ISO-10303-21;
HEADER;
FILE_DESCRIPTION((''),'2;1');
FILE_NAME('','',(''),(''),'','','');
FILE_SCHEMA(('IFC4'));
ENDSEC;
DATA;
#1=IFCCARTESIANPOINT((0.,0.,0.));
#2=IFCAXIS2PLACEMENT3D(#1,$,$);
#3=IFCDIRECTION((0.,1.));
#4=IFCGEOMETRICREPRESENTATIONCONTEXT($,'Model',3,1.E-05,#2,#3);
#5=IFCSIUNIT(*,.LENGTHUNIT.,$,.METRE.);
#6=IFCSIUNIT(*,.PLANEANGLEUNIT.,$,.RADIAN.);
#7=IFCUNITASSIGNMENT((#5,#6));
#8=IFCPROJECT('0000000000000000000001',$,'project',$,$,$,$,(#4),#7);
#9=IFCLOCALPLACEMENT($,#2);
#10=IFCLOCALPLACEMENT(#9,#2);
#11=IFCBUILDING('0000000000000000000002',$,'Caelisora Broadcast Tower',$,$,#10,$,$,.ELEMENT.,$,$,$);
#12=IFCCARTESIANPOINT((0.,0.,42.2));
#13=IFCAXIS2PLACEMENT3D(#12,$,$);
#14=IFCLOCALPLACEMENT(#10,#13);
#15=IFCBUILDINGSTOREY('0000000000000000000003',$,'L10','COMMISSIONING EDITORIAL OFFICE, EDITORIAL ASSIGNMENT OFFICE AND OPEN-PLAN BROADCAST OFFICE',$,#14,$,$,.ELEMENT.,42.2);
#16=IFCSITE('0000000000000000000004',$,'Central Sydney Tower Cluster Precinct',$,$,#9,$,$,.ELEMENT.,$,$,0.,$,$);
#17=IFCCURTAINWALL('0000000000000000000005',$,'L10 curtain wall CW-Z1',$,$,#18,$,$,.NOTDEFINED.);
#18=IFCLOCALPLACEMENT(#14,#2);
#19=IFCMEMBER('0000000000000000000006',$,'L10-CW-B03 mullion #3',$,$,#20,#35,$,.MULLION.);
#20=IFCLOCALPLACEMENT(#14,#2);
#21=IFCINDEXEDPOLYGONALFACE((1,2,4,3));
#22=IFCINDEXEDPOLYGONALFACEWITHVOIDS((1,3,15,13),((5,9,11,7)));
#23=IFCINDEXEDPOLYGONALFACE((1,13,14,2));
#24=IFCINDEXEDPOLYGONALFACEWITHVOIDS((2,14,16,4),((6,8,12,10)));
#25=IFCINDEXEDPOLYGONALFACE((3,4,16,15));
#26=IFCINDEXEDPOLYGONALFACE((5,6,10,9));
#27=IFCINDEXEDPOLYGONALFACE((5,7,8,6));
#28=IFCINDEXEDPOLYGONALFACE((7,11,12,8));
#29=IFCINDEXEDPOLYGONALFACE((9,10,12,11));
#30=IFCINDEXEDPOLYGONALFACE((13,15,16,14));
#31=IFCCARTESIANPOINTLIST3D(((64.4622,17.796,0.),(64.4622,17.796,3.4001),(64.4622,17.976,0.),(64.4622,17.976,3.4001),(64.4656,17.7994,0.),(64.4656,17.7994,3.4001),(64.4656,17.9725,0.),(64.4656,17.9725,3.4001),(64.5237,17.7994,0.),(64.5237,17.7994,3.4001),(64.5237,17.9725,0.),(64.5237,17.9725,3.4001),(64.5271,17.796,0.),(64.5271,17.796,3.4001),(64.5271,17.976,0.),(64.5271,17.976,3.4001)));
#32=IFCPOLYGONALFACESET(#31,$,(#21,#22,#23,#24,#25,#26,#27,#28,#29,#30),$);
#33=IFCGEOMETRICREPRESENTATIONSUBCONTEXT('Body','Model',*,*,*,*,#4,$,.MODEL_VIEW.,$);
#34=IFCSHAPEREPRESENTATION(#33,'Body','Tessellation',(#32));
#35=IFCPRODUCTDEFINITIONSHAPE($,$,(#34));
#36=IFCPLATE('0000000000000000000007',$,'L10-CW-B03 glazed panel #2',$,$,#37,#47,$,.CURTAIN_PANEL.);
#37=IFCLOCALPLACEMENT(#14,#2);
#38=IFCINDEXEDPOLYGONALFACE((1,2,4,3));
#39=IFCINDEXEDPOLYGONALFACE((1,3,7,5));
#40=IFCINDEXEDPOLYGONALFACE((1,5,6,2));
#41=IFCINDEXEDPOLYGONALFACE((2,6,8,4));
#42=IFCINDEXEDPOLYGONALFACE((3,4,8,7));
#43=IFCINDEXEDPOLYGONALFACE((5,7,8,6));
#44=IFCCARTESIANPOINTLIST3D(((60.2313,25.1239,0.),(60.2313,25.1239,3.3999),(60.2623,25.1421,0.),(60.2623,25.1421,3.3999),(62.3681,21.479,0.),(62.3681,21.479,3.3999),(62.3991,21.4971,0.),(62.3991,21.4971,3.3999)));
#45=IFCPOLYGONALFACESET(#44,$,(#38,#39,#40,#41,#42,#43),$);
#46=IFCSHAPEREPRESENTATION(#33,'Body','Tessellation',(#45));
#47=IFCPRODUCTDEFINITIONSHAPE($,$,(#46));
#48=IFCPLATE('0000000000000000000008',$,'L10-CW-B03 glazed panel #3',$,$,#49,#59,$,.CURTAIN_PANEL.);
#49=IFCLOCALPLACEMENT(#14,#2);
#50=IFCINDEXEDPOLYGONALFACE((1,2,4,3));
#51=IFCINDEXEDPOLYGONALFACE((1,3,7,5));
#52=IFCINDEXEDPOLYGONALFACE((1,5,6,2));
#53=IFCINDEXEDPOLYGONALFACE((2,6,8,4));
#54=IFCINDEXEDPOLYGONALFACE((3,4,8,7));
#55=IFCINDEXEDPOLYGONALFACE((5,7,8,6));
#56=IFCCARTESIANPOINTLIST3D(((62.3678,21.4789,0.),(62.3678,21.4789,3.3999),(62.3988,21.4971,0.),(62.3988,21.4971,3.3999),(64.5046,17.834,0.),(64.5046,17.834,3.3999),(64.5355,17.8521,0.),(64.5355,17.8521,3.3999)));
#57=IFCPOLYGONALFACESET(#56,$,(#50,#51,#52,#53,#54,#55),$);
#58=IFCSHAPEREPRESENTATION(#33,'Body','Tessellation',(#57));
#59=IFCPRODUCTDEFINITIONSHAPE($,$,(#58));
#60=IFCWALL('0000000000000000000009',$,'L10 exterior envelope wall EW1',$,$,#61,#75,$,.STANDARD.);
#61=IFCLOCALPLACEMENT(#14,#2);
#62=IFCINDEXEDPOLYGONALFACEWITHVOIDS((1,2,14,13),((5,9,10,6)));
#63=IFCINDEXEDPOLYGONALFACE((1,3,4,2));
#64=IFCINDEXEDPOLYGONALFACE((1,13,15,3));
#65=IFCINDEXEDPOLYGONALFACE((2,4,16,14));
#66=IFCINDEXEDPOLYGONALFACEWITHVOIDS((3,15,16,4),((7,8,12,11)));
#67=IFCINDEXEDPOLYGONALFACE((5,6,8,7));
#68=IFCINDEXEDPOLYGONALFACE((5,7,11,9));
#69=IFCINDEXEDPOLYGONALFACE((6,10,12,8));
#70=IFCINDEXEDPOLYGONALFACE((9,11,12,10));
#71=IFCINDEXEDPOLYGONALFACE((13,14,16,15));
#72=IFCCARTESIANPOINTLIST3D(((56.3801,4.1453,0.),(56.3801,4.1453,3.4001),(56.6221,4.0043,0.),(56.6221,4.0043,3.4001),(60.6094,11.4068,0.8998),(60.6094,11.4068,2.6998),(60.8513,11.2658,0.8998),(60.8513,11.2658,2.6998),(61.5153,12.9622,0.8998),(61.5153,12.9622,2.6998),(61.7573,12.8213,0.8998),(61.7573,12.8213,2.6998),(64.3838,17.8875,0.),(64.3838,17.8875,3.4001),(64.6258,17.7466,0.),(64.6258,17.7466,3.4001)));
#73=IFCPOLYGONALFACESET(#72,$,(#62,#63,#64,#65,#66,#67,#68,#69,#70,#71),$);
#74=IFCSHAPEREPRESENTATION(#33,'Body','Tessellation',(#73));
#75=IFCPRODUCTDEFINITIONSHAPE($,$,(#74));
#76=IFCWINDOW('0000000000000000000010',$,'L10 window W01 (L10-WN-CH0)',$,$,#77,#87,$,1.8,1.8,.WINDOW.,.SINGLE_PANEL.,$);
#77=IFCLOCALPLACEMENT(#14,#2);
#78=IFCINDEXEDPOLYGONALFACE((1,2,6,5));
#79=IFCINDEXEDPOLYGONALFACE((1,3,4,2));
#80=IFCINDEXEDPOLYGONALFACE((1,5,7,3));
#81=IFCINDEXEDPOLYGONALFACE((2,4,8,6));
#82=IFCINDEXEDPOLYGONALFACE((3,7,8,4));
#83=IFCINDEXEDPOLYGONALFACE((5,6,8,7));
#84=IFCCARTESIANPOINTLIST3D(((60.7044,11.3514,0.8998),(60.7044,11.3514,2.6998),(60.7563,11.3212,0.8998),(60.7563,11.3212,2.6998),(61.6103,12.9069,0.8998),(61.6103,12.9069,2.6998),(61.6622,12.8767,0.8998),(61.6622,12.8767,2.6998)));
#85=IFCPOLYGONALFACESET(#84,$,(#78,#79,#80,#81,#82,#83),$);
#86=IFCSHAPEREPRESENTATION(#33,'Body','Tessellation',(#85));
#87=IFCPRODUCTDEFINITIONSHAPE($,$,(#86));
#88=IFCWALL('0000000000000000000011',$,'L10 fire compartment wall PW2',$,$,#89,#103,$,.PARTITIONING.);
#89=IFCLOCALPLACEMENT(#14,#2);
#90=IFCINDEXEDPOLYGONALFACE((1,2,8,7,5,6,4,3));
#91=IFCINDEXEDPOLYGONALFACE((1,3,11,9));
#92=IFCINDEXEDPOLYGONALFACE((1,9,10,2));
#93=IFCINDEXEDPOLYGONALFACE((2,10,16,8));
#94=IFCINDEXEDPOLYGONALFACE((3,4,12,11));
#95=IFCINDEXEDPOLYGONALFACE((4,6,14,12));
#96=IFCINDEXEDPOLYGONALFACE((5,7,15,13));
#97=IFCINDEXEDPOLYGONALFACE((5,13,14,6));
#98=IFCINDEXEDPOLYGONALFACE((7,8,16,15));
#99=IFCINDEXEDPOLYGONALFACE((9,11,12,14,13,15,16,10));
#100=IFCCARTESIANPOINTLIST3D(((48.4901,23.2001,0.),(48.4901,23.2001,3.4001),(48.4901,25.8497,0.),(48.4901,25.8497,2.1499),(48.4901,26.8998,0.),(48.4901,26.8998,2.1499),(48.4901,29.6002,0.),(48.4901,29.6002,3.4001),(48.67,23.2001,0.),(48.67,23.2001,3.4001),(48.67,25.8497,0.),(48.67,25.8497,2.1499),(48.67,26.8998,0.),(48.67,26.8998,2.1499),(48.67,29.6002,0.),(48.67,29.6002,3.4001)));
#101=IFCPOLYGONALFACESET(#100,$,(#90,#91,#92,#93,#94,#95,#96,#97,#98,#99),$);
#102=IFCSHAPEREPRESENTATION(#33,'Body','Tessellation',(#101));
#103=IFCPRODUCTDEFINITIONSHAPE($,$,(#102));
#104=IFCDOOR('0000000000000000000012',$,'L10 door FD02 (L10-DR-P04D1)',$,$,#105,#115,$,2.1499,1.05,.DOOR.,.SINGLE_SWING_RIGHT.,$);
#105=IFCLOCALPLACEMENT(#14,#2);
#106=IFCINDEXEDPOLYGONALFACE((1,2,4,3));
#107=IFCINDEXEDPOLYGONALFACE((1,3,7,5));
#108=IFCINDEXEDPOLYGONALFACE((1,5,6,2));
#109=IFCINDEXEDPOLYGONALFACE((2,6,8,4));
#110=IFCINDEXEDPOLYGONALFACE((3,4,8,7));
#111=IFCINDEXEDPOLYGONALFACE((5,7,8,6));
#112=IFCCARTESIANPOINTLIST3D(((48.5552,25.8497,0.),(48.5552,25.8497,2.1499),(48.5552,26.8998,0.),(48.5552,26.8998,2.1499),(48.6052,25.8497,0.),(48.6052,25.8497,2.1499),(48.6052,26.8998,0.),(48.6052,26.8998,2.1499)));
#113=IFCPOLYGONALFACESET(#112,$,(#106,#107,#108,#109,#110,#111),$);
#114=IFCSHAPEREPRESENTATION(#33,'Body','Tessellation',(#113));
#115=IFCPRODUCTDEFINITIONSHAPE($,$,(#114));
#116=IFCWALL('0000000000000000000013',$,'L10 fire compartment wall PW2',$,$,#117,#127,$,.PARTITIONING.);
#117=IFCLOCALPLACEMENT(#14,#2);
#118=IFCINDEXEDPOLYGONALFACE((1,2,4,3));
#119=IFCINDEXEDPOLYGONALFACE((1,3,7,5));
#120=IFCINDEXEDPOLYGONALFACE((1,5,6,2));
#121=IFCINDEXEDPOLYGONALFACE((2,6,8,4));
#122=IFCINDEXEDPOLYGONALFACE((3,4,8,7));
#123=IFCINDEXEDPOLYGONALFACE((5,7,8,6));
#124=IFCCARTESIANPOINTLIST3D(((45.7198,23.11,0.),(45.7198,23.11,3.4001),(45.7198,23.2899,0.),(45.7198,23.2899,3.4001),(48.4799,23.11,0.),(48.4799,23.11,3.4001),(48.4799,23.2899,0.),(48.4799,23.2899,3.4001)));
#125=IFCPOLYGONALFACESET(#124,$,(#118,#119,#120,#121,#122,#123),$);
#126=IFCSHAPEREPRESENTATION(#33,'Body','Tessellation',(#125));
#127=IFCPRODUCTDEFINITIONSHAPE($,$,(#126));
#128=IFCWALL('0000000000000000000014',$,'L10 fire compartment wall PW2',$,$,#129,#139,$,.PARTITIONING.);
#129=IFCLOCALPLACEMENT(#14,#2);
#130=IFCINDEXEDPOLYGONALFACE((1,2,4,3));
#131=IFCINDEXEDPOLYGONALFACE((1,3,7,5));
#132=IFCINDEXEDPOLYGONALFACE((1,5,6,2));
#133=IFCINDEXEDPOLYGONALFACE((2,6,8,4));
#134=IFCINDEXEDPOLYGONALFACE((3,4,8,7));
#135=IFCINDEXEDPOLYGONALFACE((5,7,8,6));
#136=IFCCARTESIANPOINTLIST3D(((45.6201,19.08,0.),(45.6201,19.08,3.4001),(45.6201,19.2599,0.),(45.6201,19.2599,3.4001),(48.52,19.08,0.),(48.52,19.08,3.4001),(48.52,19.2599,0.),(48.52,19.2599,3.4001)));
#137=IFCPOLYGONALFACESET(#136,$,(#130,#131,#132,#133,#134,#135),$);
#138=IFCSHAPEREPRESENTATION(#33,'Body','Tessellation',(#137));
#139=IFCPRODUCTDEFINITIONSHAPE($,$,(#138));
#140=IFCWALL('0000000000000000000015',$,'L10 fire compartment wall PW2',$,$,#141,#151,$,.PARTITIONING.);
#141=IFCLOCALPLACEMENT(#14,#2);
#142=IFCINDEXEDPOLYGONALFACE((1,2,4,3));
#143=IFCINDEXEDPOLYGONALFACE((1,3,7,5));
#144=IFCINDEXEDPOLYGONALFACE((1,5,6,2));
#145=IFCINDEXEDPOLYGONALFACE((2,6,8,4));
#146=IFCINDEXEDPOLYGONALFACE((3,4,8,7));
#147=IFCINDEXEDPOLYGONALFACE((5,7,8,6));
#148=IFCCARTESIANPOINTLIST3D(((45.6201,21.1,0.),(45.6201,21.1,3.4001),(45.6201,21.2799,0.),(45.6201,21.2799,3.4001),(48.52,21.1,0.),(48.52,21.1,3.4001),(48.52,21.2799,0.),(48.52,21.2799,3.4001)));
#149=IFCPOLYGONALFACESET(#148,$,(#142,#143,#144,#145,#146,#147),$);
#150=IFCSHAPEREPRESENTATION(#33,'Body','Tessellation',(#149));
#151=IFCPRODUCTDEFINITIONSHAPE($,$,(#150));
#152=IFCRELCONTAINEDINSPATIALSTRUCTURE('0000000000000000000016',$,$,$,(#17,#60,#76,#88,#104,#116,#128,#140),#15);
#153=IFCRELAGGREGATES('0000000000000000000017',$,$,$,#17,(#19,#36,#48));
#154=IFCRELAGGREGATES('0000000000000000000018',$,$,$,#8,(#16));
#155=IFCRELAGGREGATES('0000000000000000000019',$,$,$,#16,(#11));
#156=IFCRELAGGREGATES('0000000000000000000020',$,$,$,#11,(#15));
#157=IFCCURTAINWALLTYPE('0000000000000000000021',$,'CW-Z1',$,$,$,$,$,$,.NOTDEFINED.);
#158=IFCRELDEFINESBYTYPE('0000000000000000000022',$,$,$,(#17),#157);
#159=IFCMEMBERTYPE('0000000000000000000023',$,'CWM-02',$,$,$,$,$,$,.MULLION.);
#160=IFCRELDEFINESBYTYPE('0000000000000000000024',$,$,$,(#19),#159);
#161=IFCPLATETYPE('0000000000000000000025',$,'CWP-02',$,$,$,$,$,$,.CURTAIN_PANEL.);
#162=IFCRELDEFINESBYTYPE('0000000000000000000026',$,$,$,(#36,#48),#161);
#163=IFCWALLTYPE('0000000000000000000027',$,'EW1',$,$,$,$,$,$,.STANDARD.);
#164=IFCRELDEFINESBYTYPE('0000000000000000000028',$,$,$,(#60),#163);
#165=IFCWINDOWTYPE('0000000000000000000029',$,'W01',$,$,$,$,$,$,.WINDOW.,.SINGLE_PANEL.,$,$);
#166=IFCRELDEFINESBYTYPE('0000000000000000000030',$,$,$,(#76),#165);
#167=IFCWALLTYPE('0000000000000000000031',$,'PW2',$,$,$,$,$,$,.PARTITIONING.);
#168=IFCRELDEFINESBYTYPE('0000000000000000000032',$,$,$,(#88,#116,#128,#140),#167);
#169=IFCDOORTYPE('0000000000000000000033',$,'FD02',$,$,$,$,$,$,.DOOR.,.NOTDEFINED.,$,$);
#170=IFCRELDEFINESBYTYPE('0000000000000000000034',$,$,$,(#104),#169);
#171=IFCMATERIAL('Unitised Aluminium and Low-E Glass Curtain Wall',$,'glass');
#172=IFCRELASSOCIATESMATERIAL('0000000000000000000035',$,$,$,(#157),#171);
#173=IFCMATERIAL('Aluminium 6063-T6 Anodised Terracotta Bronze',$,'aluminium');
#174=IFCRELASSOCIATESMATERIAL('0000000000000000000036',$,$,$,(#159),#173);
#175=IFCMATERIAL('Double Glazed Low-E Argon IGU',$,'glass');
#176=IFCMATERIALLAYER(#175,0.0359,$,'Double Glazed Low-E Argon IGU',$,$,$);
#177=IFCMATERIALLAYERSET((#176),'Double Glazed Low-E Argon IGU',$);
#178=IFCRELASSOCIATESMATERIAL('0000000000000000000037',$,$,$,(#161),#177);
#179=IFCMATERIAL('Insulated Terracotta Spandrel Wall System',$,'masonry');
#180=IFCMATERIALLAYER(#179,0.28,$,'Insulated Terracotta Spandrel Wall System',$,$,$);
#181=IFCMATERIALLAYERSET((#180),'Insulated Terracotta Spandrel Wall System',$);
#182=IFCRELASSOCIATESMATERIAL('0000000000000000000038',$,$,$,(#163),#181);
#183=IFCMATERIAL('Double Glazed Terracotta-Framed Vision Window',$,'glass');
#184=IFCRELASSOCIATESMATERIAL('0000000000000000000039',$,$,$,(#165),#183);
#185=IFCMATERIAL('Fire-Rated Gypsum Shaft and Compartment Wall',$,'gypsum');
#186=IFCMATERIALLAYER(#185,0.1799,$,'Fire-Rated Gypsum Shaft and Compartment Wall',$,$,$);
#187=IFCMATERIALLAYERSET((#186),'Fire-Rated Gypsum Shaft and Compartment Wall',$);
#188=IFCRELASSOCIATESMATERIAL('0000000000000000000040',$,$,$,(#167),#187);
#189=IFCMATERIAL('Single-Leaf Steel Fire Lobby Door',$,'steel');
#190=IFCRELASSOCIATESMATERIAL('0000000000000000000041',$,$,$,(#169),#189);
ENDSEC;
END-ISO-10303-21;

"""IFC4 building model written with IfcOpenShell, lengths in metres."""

from ifc_helpers import new_model, si_unit, direction, frame, frame_2d, origin, origin_2d, place, context, subcontext, project, spatial, rectangle, hollow_rectangle, extrude, source, transform, mapped, material, layer, layer_set, material_profile, profile_set, type_object, type_shapes, element, fill, aggregate, save


model = new_model("IFC4")

# Units and contexts
model_context = context("Model", 3, precision=1e-05, world=origin(), true_north=direction((0.0, 1.0)))
body_context = subcontext(model_context, "Body", "Model", "MODEL_VIEW")
ifc_project = project(units=[si_unit("LENGTHUNIT", "METRE"), si_unit("PLANEANGLEUNIT", "RADIAN")], contexts=[model_context])

# Site, building, storey
site_placement = place(None, origin())
site = spatial("IfcSite", under=ifc_project, at=site_placement, Name="Central Sydney Tower Cluster Precinct", CompositionType="ELEMENT", RefElevation=0.0)
building_placement = place(site_placement, origin())
building = spatial("IfcBuilding", under=site, at=building_placement, Name="Caelisora Broadcast Tower", CompositionType="ELEMENT")
storey_placement = place(building_placement, frame((0.0, 0.0, 42.2)))
storey = spatial("IfcBuildingStorey", under=building, at=storey_placement, Name="L10", Description="COMMISSIONING EDITORIAL OFFICE, EDITORIAL ASSIGNMENT OFFICE AND OPEN-PLAN BROADCAST OFFICE", CompositionType="ELEMENT", Elevation=42.2)

# Curtain wall, member, plates
ifc_material_1 = material(Name="Unitised Aluminium and Low-E Glass Curtain Wall", Category="glass")
curtain_wall_type = type_object("IfcCurtainWallType", Name="CW-Z1", PredefinedType="NOTDEFINED", material=ifc_material_1)
curtain_wall_placement = place(storey_placement, origin())
curtain_wall = element("IfcCurtainWall", 1, at=curtain_wall_placement, inside=storey, type_object=curtain_wall_type, Name="L10 curtain wall CW-Z1", PredefinedType="NOTDEFINED")
ifc_material_2 = material(Name="Aluminium 6063-T6 Anodised Terracotta Bronze", Category="aluminium")
ifc_material_profile_1 = material_profile(ifc_material_2, hollow_rectangle(XDim=0.0649, YDim=0.1799, WallThickness=0.0034, at=origin_2d()), Name="Aluminium 6063-T6 Anodised Terracotta Bronze")
ifc_profile_set_1 = profile_set([ifc_material_profile_1], Name="Aluminium 6063-T6 Anodised Terracotta Bronze")
member_type = type_object("IfcMemberType", Name="CWM-02", PredefinedType="MULLION", material=ifc_profile_set_1)
shared_shape_1 = source(origin(), body_context, "Body", "SweptSolid", [
    extrude(hollow_rectangle(XDim=0.0649, YDim=0.1799, WallThickness=0.0034, at=origin_2d()), origin(), (0.0, 0.0, 1.0), 3.4001),
])
type_shapes(member_type, [shared_shape_1])
member_1_placement = place(storey_placement, frame((64.4946, 17.886, 0.0), z_axis=(0.0, 0.0, 1.0), x_axis=(1.0, 0.0, 0.0)))
member_1 = element("IfcMember", 2, at=member_1_placement, type_object=member_type, Name="L10-CW-B03 mullion #3", PredefinedType="MULLION", context=body_context, shape_type="MappedRepresentation", body=[
    mapped(shared_shape_1, transform((0.0, 0.0, 0.0), scale=1.0)),
])
ifc_material_3 = material(Name="Double Glazed Low-E Argon IGU", Category="glass")
ifc_layer_1 = layer(ifc_material_3, 0.0359, Name="Double Glazed Low-E Argon IGU")
ifc_layer_set_1 = layer_set([ifc_layer_1], Name="Double Glazed Low-E Argon IGU")
plate_type = type_object("IfcPlateType", Name="CWP-02", PredefinedType="CURTAIN_PANEL", material=ifc_layer_set_1)
shared_shape_2 = source(origin(), body_context, "Body", "SweptSolid", [
    extrude(rectangle(XDim=4.2251, YDim=0.0359, at=origin_2d()), origin(), (0.0, 0.0, 1.0), 3.3999),
])
type_shapes(plate_type, [shared_shape_2])
plate_1_placement = place(storey_placement, frame((61.3152, 23.3105, 0.0), z_axis=(0.0, 0.0, 1.0), x_axis=(0.505733, -0.86269, 0.0)))
plate_1 = element("IfcPlate", 3, at=plate_1_placement, type_object=plate_type, Name="L10-CW-B03 glazed panel #2", PredefinedType="CURTAIN_PANEL", context=body_context, shape_type="MappedRepresentation", body=[
    mapped(shared_shape_2, transform((0.0, 0.0, 0.0), scale=1.0)),
])
plate_2_placement = place(storey_placement, frame((63.4517, 19.6655, 0.0), z_axis=(0.0, 0.0, 1.0), x_axis=(0.505733, -0.86269, 0.0)))
plate_2 = element("IfcPlate", 4, at=plate_2_placement, type_object=plate_type, Name="L10-CW-B03 glazed panel #3", PredefinedType="CURTAIN_PANEL", context=body_context, shape_type="MappedRepresentation", body=[
    mapped(shared_shape_2, transform((0.0, 0.0, 0.0), scale=1.0)),
])
aggregate(curtain_wall, [member_1, plate_1, plate_2])

# Wall, opening, window
ifc_material_4 = material(Name="Insulated Terracotta Spandrel Wall System", Category="masonry")
ifc_layer_2 = layer(ifc_material_4, 0.28, Name="Insulated Terracotta Spandrel Wall System")
ifc_layer_set_2 = layer_set([ifc_layer_2], Name="Insulated Terracotta Spandrel Wall System")
wall_type_1 = type_object("IfcWallType", Name="EW1", PredefinedType="STANDARD", material=ifc_layer_set_2)
wall_1_placement = place(storey_placement, frame((64.5049, 17.8171, 0.0), z_axis=(0.0, 0.0, 1.0), x_axis=(-0.503279, -0.864124, 0.0)))
wall_1 = element("IfcWall", 5, at=wall_1_placement, inside=storey, type_object=wall_type_1, Name="L10 exterior envelope wall EW1", PredefinedType="STANDARD", context=body_context, shape_type="SweptSolid", body=[
    extrude(rectangle(XDim=15.9031, YDim=0.28, at=frame_2d((7.9517, 0.0))), origin(), (0.0, 0.0, 1.0), 3.4001),
])
opening_1_placement = place(wall_1_placement, frame((5.7, 0.0, 0.8999)))
opening_1 = element("IfcOpeningElement", 6, at=opening_1_placement, cuts=wall_1, PredefinedType="OPENING", context=body_context, shape_type="SweptSolid", body=[
    extrude(rectangle(XDim=1.8, YDim=1.8, at=frame_2d((0.8999, 0.8999))), frame((0.0, 0.1521, 0.0), z_axis=(0.0, -1.0, 0.0), x_axis=(1.0, 0.0, 0.0)), (0.0, 0.0, 1.0), 0.304),
])
ifc_material_5 = material(Name="Double Glazed Terracotta-Framed Vision Window", Category="glass")
window_type = type_object("IfcWindowType", Name="W01", PartitioningType="SINGLE_PANEL", PredefinedType="WINDOW", material=ifc_material_5)
window_placement = place(opening_1_placement, origin())
window = element("IfcWindow", 7, at=window_placement, inside=storey, type_object=window_type, Name="L10 window W01 (L10-WN-CH0)", OverallHeight=1.8, OverallWidth=1.8, PartitioningType="SINGLE_PANEL", PredefinedType="WINDOW", context=body_context, shape_type="SweptSolid", body=[
    extrude(rectangle(XDim=1.8, YDim=1.8, at=frame_2d((0.8999, 0.8999))), frame((0.0, 0.03, 0.0), z_axis=(0.0, -1.0, 0.0), x_axis=(1.0, 0.0, 0.0)), (0.0, 0.0, 1.0), 0.0601),
])
fill(opening_1, window)

# Wall, opening, door
ifc_material_6 = material(Name="Fire-Rated Gypsum Shaft and Compartment Wall", Category="gypsum")
ifc_layer_3 = layer(ifc_material_6, 0.1799, Name="Fire-Rated Gypsum Shaft and Compartment Wall")
ifc_layer_set_3 = layer_set([ifc_layer_3], Name="Fire-Rated Gypsum Shaft and Compartment Wall")
wall_type_2 = type_object("IfcWallType", Name="PW2", PredefinedType="PARTITIONING", material=ifc_layer_set_3)
wall_2_placement = place(storey_placement, frame((48.5801, 23.2, 0.0), z_axis=(0.0, 0.0, 1.0), x_axis=(0.0, 1.0, 0.0)))
wall_2 = element("IfcWall", 8, at=wall_2_placement, inside=storey, type_object=wall_type_2, Name="L10 fire compartment wall PW2", PredefinedType="PARTITIONING", context=body_context, shape_type="SweptSolid", body=[
    extrude(rectangle(XDim=6.4001, YDim=0.1799, at=frame_2d((3.2002, 0.0))), origin(), (0.0, 0.0, 1.0), 3.4001),
])
opening_2_placement = place(wall_2_placement, frame((2.6499, 0.0, 0.0)))
opening_2 = element("IfcOpeningElement", 9, at=opening_2_placement, cuts=wall_2, PredefinedType="OPENING", context=body_context, shape_type="SweptSolid", body=[
    extrude(rectangle(XDim=1.05, YDim=2.1499, at=frame_2d((0.5249, 1.075))), frame((0.0, 0.1021, 0.0), z_axis=(0.0, -1.0, 0.0), x_axis=(1.0, 0.0, 0.0)), (0.0, 0.0, 1.0), 0.2039),
])
ifc_material_7 = material(Name="Single-Leaf Steel Fire Lobby Door", Category="steel")
door_type_1 = type_object("IfcDoorType", Name="FD02", OperationType="NOTDEFINED", PredefinedType="DOOR", material=ifc_material_7)
door_1_placement = place(opening_2_placement, origin())
door_1 = element("IfcDoor", 10, at=door_1_placement, inside=storey, type_object=door_type_1, Name="L10 door FD02 (L10-DR-P04D1)", OperationType="SINGLE_SWING_RIGHT", OverallHeight=2.1499, OverallWidth=1.05, PredefinedType="DOOR", context=body_context, shape_type="SweptSolid", body=[
    extrude(rectangle(XDim=1.05, YDim=2.1499, at=frame_2d((0.5249, 1.075))), frame((0.0, 0.0249, 0.0), z_axis=(0.0, -1.0, 0.0), x_axis=(1.0, 0.0, 0.0)), (0.0, 0.0, 1.0), 0.05),
])
fill(opening_2, door_1)

# Walls
wall_3_placement = place(storey_placement, frame((45.72, 23.2, 0.0), z_axis=(0.0, 0.0, 1.0), x_axis=(1.0, 0.0, 0.0)))
element("IfcWall", 11, at=wall_3_placement, inside=storey, type_object=wall_type_2, Name="L10 fire compartment wall PW2", PredefinedType="PARTITIONING", context=body_context, shape_type="SweptSolid", body=[
    extrude(rectangle(XDim=2.76, YDim=0.1799, at=frame_2d((1.3799, 0.0))), origin(), (0.0, 0.0, 1.0), 3.4001),
])
for number, where, z_axis, x_axis, name in (
    (12, (45.6201, 19.1699, 0.0), (0.0, 0.0, 1.0), (1.0, 0.0, 0.0), "L10 fire compartment wall PW2"),
    (13, (45.6201, 21.1899, 0.0), (0.0, 0.0, 1.0), (1.0, 0.0, 0.0), "L10 fire compartment wall PW2"),
):
    element("IfcWall", number, at=place(storey_placement, frame(where, z_axis=z_axis, x_axis=x_axis)), inside=storey, type_object=wall_type_2, Name=name, PredefinedType="PARTITIONING", context=body_context, shape_type="SweptSolid", body=[
        extrude(rectangle(XDim=2.8999, YDim=0.1799, at=frame_2d((1.45, 0.0))), origin(), (0.0, 0.0, 1.0), 3.4001),
    ])

save(model, "model.ifc")
